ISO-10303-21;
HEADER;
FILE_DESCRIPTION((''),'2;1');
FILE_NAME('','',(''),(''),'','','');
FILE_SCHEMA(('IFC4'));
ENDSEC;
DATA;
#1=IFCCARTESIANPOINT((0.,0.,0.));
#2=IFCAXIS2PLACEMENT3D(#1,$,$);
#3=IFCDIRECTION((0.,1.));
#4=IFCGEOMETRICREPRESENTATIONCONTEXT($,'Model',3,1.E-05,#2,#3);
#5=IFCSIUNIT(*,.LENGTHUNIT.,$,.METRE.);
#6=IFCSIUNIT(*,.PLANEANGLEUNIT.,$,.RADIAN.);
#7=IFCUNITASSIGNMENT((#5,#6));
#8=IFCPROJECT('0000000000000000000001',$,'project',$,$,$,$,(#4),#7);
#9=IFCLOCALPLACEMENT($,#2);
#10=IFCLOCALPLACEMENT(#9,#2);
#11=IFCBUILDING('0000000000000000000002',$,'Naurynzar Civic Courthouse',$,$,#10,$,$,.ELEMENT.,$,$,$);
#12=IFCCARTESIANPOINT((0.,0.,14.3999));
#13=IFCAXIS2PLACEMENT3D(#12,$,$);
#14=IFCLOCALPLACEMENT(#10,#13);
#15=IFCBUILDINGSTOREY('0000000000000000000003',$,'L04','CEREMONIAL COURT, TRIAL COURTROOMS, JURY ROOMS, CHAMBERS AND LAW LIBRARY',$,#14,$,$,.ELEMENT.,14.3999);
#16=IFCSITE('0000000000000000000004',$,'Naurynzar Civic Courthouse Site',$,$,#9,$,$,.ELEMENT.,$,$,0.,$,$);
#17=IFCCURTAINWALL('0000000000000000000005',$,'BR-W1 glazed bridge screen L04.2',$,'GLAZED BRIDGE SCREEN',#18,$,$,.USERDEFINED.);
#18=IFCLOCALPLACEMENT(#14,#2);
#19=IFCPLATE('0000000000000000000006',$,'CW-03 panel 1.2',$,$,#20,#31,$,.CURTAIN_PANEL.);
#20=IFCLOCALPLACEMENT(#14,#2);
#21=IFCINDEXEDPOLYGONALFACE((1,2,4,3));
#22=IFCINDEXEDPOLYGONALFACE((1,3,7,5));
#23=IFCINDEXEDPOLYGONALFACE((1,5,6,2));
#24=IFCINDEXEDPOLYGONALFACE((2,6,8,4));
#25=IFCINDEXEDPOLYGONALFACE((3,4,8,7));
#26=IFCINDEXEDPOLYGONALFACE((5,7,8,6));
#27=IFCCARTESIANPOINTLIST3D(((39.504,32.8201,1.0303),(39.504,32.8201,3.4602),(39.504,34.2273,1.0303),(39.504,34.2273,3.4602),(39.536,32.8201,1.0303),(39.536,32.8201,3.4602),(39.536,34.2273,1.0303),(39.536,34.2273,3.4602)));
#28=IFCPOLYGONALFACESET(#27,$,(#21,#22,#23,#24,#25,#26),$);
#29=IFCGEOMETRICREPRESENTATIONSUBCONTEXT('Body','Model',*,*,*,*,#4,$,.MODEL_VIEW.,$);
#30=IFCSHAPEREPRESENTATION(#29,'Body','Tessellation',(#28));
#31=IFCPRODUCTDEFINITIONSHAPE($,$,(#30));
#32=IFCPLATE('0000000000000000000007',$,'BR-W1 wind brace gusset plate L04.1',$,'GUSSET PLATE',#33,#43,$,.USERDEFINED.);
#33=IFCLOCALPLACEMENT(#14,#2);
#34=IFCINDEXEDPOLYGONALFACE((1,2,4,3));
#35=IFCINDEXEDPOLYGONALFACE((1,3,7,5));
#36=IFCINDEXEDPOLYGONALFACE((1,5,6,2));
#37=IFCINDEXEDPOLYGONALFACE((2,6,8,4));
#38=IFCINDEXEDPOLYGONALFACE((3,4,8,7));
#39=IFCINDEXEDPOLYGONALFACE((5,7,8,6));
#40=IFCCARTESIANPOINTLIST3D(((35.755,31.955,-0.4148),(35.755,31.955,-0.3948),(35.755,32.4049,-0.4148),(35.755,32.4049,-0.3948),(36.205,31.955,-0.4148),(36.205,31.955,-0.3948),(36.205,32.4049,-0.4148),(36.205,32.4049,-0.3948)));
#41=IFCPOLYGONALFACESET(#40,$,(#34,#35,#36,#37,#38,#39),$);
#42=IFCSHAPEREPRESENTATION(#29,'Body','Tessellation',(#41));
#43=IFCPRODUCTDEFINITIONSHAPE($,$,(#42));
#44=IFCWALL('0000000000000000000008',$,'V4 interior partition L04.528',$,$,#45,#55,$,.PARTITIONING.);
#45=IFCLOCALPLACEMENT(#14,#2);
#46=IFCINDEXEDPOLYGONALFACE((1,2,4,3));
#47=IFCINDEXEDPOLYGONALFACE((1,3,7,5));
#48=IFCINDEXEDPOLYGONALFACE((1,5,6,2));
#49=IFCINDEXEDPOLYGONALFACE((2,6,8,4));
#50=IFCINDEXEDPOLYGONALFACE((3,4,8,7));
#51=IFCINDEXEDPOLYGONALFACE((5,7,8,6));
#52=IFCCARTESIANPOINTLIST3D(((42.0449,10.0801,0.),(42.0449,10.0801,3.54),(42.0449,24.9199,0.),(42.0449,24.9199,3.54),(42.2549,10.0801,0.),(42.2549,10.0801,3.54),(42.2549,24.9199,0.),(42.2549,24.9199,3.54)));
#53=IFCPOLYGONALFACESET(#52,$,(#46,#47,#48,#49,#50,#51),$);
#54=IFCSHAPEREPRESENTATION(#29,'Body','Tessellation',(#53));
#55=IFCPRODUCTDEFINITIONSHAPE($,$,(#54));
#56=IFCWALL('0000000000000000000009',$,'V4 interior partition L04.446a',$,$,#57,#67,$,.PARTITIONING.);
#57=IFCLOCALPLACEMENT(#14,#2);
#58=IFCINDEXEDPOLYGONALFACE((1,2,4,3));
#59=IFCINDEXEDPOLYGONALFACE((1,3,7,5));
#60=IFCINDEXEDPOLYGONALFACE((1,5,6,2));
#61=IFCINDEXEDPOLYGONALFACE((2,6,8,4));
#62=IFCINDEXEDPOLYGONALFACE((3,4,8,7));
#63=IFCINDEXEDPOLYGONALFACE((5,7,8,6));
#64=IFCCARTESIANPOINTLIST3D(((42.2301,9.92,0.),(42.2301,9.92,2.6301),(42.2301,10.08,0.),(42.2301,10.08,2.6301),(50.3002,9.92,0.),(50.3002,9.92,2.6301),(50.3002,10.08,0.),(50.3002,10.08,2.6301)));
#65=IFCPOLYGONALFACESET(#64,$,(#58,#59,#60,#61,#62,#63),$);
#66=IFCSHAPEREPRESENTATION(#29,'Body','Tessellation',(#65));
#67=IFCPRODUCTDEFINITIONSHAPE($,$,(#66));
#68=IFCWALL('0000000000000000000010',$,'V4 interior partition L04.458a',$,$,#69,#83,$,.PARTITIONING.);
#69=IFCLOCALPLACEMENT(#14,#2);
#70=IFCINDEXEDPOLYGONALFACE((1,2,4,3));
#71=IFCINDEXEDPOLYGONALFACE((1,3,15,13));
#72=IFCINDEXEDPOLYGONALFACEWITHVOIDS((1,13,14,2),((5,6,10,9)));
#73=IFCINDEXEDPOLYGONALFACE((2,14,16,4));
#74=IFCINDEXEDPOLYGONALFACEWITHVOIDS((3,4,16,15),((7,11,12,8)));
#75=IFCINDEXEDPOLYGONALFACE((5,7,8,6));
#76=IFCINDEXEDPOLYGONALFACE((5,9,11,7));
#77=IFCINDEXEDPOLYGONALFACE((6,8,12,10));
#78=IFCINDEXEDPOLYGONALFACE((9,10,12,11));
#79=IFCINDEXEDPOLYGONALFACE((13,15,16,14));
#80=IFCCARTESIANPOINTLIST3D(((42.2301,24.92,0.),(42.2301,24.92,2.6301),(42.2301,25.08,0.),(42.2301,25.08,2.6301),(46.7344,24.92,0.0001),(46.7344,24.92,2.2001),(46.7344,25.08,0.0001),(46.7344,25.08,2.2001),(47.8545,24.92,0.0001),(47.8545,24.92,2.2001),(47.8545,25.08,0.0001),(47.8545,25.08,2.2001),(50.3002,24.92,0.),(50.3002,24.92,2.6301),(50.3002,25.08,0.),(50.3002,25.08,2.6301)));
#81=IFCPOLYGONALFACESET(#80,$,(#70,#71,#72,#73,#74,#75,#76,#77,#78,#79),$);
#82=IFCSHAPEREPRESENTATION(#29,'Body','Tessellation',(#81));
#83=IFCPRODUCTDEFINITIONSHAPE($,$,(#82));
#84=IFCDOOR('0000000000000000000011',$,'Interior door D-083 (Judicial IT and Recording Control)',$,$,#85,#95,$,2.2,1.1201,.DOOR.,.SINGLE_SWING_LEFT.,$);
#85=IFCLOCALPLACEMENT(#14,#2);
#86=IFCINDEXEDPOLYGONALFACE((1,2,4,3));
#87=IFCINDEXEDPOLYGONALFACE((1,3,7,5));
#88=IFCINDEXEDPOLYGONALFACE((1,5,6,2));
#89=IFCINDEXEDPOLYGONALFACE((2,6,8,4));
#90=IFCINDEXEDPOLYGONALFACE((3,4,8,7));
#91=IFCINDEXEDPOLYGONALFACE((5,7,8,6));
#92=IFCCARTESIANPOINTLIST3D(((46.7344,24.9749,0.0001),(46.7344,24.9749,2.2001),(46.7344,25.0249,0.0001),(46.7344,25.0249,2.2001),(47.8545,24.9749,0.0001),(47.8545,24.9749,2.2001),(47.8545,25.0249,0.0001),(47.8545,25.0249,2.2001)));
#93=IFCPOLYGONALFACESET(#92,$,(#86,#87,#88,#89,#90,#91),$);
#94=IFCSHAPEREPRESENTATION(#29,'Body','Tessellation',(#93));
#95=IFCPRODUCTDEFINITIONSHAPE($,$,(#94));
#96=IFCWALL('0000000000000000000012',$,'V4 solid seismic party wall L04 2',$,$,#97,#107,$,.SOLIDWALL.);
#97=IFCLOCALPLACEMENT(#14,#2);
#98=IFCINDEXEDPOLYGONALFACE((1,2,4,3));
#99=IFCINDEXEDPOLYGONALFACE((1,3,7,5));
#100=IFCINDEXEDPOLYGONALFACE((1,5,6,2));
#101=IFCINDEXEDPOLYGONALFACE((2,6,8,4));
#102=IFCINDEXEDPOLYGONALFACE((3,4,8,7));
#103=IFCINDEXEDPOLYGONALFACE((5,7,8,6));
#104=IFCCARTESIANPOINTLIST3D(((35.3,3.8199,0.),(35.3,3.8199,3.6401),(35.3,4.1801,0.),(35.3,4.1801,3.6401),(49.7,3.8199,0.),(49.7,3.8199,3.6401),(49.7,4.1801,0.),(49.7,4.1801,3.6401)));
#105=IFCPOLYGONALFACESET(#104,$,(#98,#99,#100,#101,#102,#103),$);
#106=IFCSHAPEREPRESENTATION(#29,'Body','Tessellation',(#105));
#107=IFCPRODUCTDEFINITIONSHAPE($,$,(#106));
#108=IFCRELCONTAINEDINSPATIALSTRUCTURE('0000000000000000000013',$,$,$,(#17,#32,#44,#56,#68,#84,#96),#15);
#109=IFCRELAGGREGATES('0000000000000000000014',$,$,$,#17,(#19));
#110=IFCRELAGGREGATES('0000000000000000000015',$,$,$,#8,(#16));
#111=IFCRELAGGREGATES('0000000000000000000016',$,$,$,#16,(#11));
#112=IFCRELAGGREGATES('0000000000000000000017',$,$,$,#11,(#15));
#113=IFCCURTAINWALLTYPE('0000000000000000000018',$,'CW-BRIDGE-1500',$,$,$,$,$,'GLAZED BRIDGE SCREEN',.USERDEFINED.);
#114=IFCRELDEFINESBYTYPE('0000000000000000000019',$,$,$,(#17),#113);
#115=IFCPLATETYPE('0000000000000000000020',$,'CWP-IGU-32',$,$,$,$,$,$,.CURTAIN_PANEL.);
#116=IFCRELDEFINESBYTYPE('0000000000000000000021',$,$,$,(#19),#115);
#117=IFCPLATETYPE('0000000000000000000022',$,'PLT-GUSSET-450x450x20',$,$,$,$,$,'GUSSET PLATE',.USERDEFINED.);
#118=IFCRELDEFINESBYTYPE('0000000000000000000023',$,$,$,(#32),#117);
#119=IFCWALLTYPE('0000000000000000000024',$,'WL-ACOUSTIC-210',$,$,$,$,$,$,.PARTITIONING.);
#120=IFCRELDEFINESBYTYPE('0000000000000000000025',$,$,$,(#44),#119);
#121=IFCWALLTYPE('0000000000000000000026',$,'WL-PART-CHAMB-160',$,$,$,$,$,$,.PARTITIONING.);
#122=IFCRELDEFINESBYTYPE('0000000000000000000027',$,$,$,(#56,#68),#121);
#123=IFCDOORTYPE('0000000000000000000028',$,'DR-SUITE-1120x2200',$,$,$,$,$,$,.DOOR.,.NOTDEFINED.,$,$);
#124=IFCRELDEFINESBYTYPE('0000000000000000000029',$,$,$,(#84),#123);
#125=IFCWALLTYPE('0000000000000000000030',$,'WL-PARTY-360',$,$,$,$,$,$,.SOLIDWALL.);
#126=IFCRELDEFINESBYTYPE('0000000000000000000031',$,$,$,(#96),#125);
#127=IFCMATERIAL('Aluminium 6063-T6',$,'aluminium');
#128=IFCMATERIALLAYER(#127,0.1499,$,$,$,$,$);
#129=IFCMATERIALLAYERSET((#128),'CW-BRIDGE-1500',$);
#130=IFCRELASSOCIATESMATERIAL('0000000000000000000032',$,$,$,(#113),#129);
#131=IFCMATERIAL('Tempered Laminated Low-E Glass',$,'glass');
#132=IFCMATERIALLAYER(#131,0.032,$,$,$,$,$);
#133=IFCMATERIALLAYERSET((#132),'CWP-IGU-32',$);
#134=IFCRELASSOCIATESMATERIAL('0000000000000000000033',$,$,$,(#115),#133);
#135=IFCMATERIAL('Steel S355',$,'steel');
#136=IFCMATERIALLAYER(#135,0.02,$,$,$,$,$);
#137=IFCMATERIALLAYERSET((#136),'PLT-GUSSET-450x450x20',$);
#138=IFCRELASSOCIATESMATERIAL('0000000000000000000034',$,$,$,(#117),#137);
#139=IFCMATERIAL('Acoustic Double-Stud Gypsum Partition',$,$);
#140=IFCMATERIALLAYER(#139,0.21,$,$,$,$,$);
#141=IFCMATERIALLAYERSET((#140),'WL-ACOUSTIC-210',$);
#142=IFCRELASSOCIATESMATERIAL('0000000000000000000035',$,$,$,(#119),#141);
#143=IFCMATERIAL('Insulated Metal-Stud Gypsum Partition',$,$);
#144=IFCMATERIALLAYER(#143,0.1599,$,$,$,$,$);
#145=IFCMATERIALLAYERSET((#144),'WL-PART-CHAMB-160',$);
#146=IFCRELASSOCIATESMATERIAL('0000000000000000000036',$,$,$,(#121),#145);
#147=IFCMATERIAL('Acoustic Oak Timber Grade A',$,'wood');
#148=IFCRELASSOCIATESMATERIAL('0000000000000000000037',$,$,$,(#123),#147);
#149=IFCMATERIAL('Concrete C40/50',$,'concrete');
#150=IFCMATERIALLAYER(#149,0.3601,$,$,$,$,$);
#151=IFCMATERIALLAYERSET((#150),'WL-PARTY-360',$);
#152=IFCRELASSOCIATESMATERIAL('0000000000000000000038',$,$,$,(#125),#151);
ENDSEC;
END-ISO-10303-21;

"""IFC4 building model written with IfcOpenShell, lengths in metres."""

from ifc_helpers import new_model, si_unit, direction, frame, frame_2d, origin, origin_2d, place, context, subcontext, project, spatial, rectangle, extrude, material, layer, layer_set, type_object, element, fill, aggregate, save


model = new_model("IFC4")

# Units and contexts
model_context = context("Model", 3, precision=1e-05, world=origin(), true_north=direction((0.0, 1.0)))
body_context = subcontext(model_context, "Body", "Model", "MODEL_VIEW")
ifc_project = project(units=[si_unit("LENGTHUNIT", "METRE"), si_unit("PLANEANGLEUNIT", "RADIAN")], contexts=[model_context])

# Site, building, storey
site_placement = place(None, origin())
site = spatial("IfcSite", under=ifc_project, at=site_placement, Name="Naurynzar Civic Courthouse Site", CompositionType="ELEMENT", RefElevation=0.0)
building_placement = place(site_placement, origin())
building = spatial("IfcBuilding", under=site, at=building_placement, Name="Naurynzar Civic Courthouse", CompositionType="ELEMENT")
storey_placement = place(building_placement, frame((0.0, 0.0, 14.3999)))
storey = spatial("IfcBuildingStorey", under=building, at=storey_placement, Name="L04", Description="CEREMONIAL COURT, TRIAL COURTROOMS, JURY ROOMS, CHAMBERS AND LAW LIBRARY", CompositionType="ELEMENT", Elevation=14.3999)

# Shared definitions
ifc_material_1 = material(Name="Aluminium 6063-T6", Category="aluminium")
ifc_layer_1 = layer(ifc_material_1, 0.1499)
ifc_layer_set_1 = layer_set([ifc_layer_1], Name="CW-BRIDGE-1500")
curtain_wall_type = type_object("IfcCurtainWallType", Name="CW-BRIDGE-1500", ElementType="GLAZED BRIDGE SCREEN", PredefinedType="USERDEFINED", material=ifc_layer_set_1)

# Curtain wall
curtain_wall_1_placement = place(storey_placement, origin())
curtain_wall_1 = element("IfcCurtainWall", 1, at=curtain_wall_1_placement, inside=storey, type_object=curtain_wall_type, Name="BR-W1 glazed bridge screen L04.2", ObjectType="GLAZED BRIDGE SCREEN", PredefinedType="USERDEFINED")

# Plates
ifc_material_2 = material(Name="Tempered Laminated Low-E Glass", Category="glass")
ifc_layer_2 = layer(ifc_material_2, 0.032)
ifc_layer_set_2 = layer_set([ifc_layer_2], Name="CWP-IGU-32")
plate_type_1 = type_object("IfcPlateType", Name="CWP-IGU-32", PredefinedType="CURTAIN_PANEL", material=ifc_layer_set_2)
plate_1_placement = place(storey_placement, frame((39.52, 33.5237, 1.0303), z_axis=(0.0, 0.0, 1.0), x_axis=(0.0, 1.0, 0.0)))
plate_1 = element("IfcPlate", 2, at=plate_1_placement, type_object=plate_type_1, Name="CW-03 panel 1.2", PredefinedType="CURTAIN_PANEL", context=body_context, shape_type="SweptSolid", body=[
    extrude(rectangle(XDim=1.4072, YDim=0.032, at=origin_2d()), origin(), (0.0, 0.0, 1.0), 2.4299),
])
aggregate(curtain_wall_1, [plate_1])
ifc_material_3 = material(Name="Steel S355", Category="steel")
ifc_layer_3 = layer(ifc_material_3, 0.02)
ifc_layer_set_3 = layer_set([ifc_layer_3], Name="PLT-GUSSET-450x450x20")
plate_type_2 = type_object("IfcPlateType", Name="PLT-GUSSET-450x450x20", ElementType="GUSSET PLATE", PredefinedType="USERDEFINED", material=ifc_layer_set_3)
plate_2_placement = place(storey_placement, frame((35.98, 32.1799, -0.4148), z_axis=(0.0, 0.0, 1.0), x_axis=(1.0, 0.0, 0.0)))
element("IfcPlate", 3, at=plate_2_placement, inside=storey, type_object=plate_type_2, Name="BR-W1 wind brace gusset plate L04.1", ObjectType="GUSSET PLATE", PredefinedType="USERDEFINED", context=body_context, shape_type="SweptSolid", body=[
    extrude(rectangle(XDim=0.45, YDim=0.45, at=origin_2d()), origin(), (0.0, 0.0, 1.0), 0.02),
])

# Walls
ifc_material_4 = material(Name="Acoustic Double-Stud Gypsum Partition")
ifc_layer_4 = layer(ifc_material_4, 0.21)
ifc_layer_set_4 = layer_set([ifc_layer_4], Name="WL-ACOUSTIC-210")
wall_type_1 = type_object("IfcWallType", Name="WL-ACOUSTIC-210", PredefinedType="PARTITIONING", material=ifc_layer_set_4)
wall_1_placement = place(storey_placement, frame((42.1499, 10.0801, 0.0), z_axis=(0.0, 0.0, 1.0), x_axis=(0.0, 1.0, 0.0)))
element("IfcWall", 4, at=wall_1_placement, inside=storey, type_object=wall_type_1, Name="V4 interior partition L04.528", PredefinedType="PARTITIONING", context=body_context, shape_type="SweptSolid", body=[
    extrude(rectangle(XDim=14.8398, YDim=0.21, at=frame_2d((7.4199, 0.0))), origin(), (0.0, 0.0, 1.0), 3.54),
])
ifc_material_5 = material(Name="Insulated Metal-Stud Gypsum Partition")
ifc_layer_5 = layer(ifc_material_5, 0.1599)
ifc_layer_set_5 = layer_set([ifc_layer_5], Name="WL-PART-CHAMB-160")
wall_type_2 = type_object("IfcWallType", Name="WL-PART-CHAMB-160", PredefinedType="PARTITIONING", material=ifc_layer_set_5)
wall_2_placement = place(storey_placement, frame((42.23, 10.0, 0.0), z_axis=(0.0, 0.0, 1.0), x_axis=(1.0, 0.0, 0.0)))
element("IfcWall", 5, at=wall_2_placement, inside=storey, type_object=wall_type_2, Name="V4 interior partition L04.446a", PredefinedType="PARTITIONING", context=body_context, shape_type="SweptSolid", body=[
    extrude(rectangle(XDim=8.0701, YDim=0.1599, at=frame_2d((4.0352, 0.0))), origin(), (0.0, 0.0, 1.0), 2.6301),
])

# Wall, opening, door
wall_3_placement = place(storey_placement, frame((42.23, 25.0, 0.0), z_axis=(0.0, 0.0, 1.0), x_axis=(1.0, 0.0, 0.0)))
wall_3 = element("IfcWall", 6, at=wall_3_placement, inside=storey, type_object=wall_type_2, Name="V4 interior partition L04.458a", PredefinedType="PARTITIONING", context=body_context, shape_type="SweptSolid", body=[
    extrude(rectangle(XDim=8.0701, YDim=0.1599, at=frame_2d((4.0352, 0.0))), origin(), (0.0, 0.0, 1.0), 2.6301),
])
opening_placement = place(wall_3_placement, frame((4.5044, 0.0, 0.0)))
opening = element("IfcOpeningElement", 7, at=opening_placement, cuts=wall_3, PredefinedType="OPENING", context=body_context, shape_type="SweptSolid", body=[
    extrude(rectangle(XDim=1.1201, YDim=2.2, at=frame_2d((0.5601, 1.1001))), frame((0.0, 0.0898, 0.0), z_axis=(0.0, -1.0, 0.0), x_axis=(1.0, 0.0, 0.0)), (0.0, 0.0, 1.0), 0.1799),
])
ifc_material_6 = material(Name="Acoustic Oak Timber Grade A", Category="wood")
door_type = type_object("IfcDoorType", Name="DR-SUITE-1120x2200", OperationType="NOTDEFINED", PredefinedType="DOOR", material=ifc_material_6)
door_placement = place(opening_placement, origin())
door = element("IfcDoor", 8, at=door_placement, inside=storey, type_object=door_type, Name="Interior door D-083 (Judicial IT and Recording Control)", OperationType="SINGLE_SWING_LEFT", OverallHeight=2.2, OverallWidth=1.1201, PredefinedType="DOOR", context=body_context, shape_type="SweptSolid", body=[
    extrude(rectangle(XDim=1.1201, YDim=2.2, at=frame_2d((0.5601, 1.1001))), frame((0.0, 0.0249, 0.0), z_axis=(0.0, -1.0, 0.0), x_axis=(1.0, 0.0, 0.0)), (0.0, 0.0, 1.0), 0.05),
])
fill(opening, door)

# Wall
ifc_material_7 = material(Name="Concrete C40/50", Category="concrete")
ifc_layer_6 = layer(ifc_material_7, 0.3601)
ifc_layer_set_6 = layer_set([ifc_layer_6], Name="WL-PARTY-360")
wall_type_3 = type_object("IfcWallType", Name="WL-PARTY-360", PredefinedType="SOLIDWALL", material=ifc_layer_set_6)
wall_4_placement = place(storey_placement, frame((49.7, 4.0, 0.0), z_axis=(0.0, 0.0, 1.0), x_axis=(-1.0, 0.0, 0.0)))
element("IfcWall", 9, at=wall_4_placement, inside=storey, type_object=wall_type_3, Name="V4 solid seismic party wall L04 2", PredefinedType="SOLIDWALL", context=body_context, shape_type="SweptSolid", body=[
    extrude(rectangle(XDim=14.3999, YDim=0.3601, at=frame_2d((7.2, 0.0))), origin(), (0.0, 0.0, 1.0), 3.6401),
])

save(model, "model.ifc")
